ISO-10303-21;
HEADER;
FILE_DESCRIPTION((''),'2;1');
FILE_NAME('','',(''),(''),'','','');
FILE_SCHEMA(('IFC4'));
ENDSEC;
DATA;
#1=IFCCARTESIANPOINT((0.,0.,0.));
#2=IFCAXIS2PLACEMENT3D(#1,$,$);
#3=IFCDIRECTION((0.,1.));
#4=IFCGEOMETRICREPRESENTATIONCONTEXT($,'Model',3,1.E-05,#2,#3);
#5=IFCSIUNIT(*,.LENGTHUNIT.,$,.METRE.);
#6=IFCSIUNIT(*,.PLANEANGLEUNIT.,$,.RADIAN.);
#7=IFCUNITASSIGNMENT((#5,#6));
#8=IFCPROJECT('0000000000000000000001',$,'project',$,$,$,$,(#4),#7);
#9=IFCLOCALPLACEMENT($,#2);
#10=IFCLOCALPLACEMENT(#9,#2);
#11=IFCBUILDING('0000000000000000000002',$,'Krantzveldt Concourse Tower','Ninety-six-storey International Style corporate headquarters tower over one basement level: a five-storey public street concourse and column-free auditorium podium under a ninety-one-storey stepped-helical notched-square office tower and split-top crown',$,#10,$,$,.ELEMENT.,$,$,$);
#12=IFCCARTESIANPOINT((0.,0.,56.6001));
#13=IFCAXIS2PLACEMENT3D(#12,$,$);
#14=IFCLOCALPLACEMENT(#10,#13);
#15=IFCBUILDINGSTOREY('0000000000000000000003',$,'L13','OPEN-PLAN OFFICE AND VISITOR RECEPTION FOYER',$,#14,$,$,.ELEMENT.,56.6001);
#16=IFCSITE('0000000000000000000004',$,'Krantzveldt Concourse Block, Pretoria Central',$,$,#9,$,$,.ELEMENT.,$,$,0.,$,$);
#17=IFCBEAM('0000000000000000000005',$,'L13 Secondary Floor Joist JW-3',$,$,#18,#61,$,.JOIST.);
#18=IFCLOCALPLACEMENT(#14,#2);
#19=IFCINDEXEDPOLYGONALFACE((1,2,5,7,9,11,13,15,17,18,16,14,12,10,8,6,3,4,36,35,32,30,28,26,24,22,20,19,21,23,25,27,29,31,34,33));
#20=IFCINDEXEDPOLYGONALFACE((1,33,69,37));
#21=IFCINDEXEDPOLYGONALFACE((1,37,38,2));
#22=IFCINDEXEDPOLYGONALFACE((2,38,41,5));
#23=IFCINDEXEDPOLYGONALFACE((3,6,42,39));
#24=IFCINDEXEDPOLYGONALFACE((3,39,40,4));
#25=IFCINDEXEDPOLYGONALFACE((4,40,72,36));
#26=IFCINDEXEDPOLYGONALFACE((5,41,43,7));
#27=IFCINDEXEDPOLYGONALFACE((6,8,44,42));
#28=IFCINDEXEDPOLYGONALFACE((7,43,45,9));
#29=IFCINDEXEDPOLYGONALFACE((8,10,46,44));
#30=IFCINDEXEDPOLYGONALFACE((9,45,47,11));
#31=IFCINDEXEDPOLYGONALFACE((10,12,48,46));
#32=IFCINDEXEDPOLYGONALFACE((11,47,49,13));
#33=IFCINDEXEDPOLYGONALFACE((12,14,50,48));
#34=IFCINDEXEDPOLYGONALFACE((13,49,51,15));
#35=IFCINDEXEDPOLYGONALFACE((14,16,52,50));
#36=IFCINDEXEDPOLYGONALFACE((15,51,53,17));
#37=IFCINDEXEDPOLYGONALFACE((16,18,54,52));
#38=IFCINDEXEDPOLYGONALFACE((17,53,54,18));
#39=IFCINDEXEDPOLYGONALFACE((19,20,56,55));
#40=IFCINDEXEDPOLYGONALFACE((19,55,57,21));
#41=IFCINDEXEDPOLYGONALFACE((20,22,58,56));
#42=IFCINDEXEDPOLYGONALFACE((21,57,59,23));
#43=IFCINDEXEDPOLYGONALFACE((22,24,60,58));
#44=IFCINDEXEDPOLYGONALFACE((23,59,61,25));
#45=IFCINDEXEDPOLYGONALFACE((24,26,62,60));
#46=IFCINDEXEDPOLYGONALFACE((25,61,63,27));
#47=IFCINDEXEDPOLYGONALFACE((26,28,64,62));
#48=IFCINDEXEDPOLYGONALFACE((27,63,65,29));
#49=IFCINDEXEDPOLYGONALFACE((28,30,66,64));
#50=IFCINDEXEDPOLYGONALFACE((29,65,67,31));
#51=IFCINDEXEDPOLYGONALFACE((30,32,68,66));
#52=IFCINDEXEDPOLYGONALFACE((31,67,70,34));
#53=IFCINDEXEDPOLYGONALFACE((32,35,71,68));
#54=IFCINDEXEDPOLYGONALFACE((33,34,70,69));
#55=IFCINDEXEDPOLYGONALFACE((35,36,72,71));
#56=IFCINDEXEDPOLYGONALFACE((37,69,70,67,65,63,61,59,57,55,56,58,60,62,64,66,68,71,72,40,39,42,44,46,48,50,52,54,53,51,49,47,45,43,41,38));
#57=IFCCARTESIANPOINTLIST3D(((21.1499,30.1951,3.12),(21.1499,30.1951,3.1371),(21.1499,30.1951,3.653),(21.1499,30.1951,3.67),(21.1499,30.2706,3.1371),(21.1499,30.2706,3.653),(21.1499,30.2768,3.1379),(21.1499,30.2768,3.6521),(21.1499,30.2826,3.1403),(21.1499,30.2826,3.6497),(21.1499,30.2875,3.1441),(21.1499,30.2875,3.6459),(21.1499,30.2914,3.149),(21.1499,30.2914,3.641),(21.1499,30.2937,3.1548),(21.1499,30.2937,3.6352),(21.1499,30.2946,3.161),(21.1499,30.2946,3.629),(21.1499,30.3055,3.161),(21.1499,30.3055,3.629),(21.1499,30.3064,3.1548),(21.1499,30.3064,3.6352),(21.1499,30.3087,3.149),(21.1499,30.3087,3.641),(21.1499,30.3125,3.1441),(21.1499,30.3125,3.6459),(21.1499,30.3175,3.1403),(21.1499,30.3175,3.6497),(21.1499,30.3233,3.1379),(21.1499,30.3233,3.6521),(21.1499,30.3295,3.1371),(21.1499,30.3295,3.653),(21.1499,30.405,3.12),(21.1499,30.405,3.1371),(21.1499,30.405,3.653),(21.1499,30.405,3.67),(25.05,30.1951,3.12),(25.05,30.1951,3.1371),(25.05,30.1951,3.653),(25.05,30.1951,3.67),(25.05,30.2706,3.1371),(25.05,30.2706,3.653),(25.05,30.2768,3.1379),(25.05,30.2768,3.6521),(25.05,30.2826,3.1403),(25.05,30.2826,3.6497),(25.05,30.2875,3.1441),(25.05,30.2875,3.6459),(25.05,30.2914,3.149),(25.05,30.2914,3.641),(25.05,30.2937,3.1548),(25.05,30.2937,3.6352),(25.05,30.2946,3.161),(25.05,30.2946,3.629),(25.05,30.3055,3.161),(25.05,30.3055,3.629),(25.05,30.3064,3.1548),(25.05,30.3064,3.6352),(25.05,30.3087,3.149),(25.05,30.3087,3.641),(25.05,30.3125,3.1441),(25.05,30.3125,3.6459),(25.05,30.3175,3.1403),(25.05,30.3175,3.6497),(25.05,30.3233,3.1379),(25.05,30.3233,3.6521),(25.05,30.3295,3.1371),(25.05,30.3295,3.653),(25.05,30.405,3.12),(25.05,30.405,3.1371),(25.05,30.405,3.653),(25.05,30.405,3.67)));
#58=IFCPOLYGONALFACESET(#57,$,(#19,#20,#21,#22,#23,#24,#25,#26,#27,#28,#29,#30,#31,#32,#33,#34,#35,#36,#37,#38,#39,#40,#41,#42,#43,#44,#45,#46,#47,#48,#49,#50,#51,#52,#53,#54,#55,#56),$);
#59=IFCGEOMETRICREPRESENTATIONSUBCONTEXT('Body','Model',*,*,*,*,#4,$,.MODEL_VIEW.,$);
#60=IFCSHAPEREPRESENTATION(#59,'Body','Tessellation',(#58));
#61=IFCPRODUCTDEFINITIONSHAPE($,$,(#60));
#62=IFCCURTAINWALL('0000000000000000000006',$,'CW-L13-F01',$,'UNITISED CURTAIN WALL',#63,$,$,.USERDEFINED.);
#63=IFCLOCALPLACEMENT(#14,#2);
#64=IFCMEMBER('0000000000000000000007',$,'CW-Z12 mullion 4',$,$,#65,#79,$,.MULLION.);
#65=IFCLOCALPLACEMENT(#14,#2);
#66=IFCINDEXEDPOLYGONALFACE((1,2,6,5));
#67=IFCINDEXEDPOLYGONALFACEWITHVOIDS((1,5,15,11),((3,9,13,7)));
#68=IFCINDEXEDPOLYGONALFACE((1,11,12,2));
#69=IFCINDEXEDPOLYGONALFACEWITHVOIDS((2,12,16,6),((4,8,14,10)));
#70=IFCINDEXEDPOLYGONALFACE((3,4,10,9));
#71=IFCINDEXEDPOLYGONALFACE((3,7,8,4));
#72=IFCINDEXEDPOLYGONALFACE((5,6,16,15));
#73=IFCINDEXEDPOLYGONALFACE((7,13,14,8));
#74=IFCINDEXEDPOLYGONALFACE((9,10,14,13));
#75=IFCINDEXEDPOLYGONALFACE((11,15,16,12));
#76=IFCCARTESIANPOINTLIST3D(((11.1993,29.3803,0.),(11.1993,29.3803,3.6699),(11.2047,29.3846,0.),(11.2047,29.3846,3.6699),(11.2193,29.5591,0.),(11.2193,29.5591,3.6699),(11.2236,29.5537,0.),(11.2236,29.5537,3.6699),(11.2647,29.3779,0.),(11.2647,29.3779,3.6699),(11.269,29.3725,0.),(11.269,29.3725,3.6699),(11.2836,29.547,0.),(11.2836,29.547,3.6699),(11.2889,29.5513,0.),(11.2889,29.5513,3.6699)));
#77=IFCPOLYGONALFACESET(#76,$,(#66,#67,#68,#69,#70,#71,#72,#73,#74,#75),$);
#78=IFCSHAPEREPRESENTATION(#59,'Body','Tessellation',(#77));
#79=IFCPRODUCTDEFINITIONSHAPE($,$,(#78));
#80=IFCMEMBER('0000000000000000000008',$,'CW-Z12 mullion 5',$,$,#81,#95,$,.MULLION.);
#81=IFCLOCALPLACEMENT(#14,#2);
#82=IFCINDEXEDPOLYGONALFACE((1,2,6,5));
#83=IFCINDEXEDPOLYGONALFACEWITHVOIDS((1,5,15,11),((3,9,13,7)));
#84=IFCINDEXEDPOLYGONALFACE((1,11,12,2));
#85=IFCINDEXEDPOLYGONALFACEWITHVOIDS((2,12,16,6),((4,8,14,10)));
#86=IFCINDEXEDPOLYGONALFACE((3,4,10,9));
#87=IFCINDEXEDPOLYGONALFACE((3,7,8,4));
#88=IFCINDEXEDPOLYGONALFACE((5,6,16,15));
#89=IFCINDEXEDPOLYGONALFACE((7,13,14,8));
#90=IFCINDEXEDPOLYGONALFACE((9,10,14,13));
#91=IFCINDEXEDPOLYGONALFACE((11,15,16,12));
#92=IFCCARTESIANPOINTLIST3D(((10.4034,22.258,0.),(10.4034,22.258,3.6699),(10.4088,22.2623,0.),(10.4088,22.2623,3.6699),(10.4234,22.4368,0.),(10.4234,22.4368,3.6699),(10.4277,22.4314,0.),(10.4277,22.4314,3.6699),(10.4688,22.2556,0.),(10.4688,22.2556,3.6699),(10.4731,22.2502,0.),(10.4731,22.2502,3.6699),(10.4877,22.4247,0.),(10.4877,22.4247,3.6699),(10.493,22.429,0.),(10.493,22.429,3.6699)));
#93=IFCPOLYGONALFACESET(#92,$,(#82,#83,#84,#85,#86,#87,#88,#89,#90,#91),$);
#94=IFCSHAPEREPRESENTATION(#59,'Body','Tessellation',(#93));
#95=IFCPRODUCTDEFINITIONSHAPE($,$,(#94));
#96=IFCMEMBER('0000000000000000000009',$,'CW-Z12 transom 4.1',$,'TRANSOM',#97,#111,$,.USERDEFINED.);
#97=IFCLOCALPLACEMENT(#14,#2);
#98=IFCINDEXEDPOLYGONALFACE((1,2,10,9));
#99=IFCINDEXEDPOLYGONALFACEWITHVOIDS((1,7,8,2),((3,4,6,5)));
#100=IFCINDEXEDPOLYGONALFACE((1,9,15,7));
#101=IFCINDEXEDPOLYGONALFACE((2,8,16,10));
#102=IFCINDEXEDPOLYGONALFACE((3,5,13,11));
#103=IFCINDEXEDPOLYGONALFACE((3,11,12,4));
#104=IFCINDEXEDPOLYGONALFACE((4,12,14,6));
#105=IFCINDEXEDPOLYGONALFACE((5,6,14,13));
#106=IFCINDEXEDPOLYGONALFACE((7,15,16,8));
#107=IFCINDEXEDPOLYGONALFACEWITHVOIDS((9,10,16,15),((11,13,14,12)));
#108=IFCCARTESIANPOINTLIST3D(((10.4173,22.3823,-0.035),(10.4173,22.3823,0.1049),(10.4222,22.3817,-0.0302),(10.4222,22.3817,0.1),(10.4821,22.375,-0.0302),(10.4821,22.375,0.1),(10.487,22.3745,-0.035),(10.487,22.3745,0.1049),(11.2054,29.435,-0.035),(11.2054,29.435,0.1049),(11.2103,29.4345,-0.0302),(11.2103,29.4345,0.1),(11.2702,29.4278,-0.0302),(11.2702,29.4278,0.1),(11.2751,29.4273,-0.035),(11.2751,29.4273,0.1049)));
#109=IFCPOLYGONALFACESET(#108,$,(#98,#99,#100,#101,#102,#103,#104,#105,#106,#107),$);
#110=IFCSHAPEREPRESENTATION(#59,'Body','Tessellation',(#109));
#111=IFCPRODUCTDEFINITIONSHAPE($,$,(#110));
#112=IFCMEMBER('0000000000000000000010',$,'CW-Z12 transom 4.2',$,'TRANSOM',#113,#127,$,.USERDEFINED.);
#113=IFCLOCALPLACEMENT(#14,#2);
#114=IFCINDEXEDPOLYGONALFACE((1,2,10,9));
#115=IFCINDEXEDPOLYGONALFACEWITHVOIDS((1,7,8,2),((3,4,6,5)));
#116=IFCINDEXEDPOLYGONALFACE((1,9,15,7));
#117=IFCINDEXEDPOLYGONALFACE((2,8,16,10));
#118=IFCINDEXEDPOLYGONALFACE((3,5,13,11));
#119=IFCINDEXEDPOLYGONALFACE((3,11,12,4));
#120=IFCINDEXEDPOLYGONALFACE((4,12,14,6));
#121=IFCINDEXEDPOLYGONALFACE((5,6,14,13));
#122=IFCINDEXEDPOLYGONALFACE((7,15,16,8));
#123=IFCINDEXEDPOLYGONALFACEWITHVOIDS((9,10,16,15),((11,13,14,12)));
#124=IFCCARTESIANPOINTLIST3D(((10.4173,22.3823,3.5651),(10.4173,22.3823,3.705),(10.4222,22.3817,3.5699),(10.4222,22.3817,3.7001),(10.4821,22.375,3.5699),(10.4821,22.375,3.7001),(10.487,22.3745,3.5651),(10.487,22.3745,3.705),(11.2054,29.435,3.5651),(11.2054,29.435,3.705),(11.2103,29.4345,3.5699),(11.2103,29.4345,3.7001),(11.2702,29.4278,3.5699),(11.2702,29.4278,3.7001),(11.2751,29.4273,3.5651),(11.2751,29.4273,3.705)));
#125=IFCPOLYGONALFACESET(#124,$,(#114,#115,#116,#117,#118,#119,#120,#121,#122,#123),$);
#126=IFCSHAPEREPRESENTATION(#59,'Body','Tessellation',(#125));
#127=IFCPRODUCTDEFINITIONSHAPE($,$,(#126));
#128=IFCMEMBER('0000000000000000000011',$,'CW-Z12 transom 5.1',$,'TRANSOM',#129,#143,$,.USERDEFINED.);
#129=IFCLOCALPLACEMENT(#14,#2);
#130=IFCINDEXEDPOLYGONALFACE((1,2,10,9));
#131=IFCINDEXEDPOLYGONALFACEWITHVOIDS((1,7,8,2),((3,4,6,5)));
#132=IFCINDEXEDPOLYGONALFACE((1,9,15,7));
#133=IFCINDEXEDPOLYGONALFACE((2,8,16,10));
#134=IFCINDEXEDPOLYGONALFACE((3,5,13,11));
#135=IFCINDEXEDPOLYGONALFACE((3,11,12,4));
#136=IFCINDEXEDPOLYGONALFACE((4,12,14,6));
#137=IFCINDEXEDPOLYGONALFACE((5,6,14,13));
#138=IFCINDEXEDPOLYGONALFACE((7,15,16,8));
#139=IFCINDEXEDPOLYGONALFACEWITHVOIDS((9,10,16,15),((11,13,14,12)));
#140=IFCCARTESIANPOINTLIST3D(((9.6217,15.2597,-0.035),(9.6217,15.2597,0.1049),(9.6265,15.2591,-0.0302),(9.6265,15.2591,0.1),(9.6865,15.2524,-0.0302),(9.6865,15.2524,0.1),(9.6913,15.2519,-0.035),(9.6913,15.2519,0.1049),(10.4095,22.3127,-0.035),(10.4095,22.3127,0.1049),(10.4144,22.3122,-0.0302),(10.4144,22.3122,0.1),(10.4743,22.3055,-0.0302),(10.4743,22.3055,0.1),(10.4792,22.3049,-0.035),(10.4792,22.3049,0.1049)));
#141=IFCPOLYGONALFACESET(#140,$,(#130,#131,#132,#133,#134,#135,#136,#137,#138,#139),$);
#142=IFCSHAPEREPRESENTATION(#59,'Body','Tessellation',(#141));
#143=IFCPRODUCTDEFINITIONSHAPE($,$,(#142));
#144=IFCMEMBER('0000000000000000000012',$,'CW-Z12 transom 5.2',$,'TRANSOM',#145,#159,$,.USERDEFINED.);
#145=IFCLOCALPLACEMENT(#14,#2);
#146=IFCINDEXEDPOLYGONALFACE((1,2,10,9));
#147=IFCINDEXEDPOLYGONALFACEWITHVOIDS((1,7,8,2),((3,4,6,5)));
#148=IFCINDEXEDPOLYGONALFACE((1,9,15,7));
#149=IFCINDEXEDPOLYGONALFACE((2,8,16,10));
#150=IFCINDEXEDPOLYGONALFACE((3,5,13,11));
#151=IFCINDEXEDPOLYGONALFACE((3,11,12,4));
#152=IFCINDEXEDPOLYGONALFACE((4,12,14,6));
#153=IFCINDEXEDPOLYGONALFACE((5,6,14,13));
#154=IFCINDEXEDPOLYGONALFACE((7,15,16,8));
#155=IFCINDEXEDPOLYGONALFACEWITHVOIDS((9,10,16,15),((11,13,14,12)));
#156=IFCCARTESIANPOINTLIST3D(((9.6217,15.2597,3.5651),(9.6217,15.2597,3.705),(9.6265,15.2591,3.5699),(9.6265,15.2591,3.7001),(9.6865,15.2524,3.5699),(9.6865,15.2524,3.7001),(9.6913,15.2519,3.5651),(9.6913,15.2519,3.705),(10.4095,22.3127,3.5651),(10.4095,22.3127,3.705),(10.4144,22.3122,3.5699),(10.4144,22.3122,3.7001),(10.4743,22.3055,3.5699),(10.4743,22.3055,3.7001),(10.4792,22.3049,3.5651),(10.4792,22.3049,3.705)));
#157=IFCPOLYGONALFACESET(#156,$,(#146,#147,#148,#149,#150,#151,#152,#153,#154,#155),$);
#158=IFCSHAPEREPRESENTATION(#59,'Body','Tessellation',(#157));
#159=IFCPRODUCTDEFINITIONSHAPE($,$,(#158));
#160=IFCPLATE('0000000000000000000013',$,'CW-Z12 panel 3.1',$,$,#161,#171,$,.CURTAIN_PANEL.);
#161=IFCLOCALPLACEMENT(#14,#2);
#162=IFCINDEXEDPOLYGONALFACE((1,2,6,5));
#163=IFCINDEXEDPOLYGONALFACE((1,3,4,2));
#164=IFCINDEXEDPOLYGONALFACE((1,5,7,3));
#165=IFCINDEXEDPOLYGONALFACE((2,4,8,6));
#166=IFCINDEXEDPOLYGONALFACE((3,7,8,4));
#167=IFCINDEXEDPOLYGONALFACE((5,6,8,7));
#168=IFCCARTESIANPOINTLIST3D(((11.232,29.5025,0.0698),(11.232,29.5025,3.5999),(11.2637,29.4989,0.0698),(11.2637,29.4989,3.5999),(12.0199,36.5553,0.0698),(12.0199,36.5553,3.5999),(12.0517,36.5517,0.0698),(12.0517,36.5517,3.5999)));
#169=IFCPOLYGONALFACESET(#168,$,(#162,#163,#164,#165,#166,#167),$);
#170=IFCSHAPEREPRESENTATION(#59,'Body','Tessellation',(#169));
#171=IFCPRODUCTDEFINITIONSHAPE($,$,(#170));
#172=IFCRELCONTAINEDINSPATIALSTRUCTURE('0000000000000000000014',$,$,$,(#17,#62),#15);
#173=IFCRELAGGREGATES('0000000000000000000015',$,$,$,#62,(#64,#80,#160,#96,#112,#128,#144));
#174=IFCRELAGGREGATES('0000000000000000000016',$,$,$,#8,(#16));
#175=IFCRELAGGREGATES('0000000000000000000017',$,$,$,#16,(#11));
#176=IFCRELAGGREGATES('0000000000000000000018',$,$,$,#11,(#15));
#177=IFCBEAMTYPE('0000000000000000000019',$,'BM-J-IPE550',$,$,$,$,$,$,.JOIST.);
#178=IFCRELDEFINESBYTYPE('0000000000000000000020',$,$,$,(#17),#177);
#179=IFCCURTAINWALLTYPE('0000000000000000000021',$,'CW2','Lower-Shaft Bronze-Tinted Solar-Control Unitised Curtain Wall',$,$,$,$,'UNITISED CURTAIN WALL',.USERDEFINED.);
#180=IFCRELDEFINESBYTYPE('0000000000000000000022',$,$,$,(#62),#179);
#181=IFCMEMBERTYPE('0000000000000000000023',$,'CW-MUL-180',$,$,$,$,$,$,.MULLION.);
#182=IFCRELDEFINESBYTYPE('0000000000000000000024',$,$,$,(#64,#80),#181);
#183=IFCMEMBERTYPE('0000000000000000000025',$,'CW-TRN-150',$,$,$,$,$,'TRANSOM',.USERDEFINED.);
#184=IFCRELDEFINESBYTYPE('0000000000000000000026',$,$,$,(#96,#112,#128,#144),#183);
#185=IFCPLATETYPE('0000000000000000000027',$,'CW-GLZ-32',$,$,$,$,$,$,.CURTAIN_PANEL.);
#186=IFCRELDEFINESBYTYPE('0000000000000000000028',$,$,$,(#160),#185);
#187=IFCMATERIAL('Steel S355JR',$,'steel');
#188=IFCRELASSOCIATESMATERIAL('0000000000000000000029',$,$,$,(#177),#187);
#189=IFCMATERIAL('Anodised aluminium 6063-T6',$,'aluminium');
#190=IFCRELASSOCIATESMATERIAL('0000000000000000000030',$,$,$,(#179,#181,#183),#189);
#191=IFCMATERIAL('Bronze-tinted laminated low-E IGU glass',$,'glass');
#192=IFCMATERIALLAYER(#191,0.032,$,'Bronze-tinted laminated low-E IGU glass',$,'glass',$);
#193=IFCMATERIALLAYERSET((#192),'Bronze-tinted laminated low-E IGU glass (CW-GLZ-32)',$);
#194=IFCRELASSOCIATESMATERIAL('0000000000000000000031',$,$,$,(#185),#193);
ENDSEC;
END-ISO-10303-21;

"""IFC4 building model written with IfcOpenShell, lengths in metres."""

from ifc_helpers import new_model, si_unit, direction, frame, origin, origin_2d, place, context, subcontext, project, spatial, rectangle, hollow_rectangle, i_section, extrude, source, transform, mapped, material, layer, layer_set, material_profile, profile_set, type_object, type_shapes, element, aggregate, save


model = new_model("IFC4")

# Units and contexts
model_context = context("Model", 3, precision=1e-05, world=origin(), true_north=direction((0.0, 1.0)))
body_context = subcontext(model_context, "Body", "Model", "MODEL_VIEW")
ifc_project = project(units=[si_unit("LENGTHUNIT", "METRE"), si_unit("PLANEANGLEUNIT", "RADIAN")], contexts=[model_context])

# Site, building, storey
site_placement = place(None, origin())
site = spatial("IfcSite", under=ifc_project, at=site_placement, Name="Krantzveldt Concourse Block, Pretoria Central", CompositionType="ELEMENT", RefElevation=0.0)
building_placement = place(site_placement, origin())
building = spatial("IfcBuilding", under=site, at=building_placement, Name="Krantzveldt Concourse Tower", Description="Ninety-six-storey International Style corporate headquarters tower over one basement level: a five-storey public street concourse and column-free auditorium podium under a ninety-one-storey stepped-helical notched-square office tower and split-top crown", CompositionType="ELEMENT")
storey_placement = place(building_placement, frame((0.0, 0.0, 56.6001)))
storey = spatial("IfcBuildingStorey", under=building, at=storey_placement, Name="L13", Description="OPEN-PLAN OFFICE AND VISITOR RECEPTION FOYER", CompositionType="ELEMENT", Elevation=56.6001)

# Beam
ifc_material_1 = material(Name="Steel S355JR", Category="steel")
ifc_material_profile_1 = material_profile(ifc_material_1, i_section(OverallWidth=0.21, OverallDepth=0.55, WebThickness=0.011, FlangeThickness=0.0171, FilletRadius=0.0239, at=origin_2d()), Name="Steel S355JR", Category="steel")
ifc_profile_set_1 = profile_set([ifc_material_profile_1], Name="Steel S355JR - IPE 550")
beam_type_1 = type_object("IfcBeamType", Name="BM-J-IPE550", PredefinedType="JOIST", material=ifc_profile_set_1)
shared_shape_1 = source(origin(), body_context, "Body", "SweptSolid", [
    extrude(i_section(OverallWidth=0.21, OverallDepth=0.55, WebThickness=0.011, FlangeThickness=0.0171, FilletRadius=0.0239, at=origin_2d()), origin(), (0.0, 0.0, 1.0), 3.9001),
])
type_shapes(beam_type_1, [shared_shape_1])
for number, where, z_axis, x_axis, name in (
    (1, (21.1499, 30.3, 3.395), (1.0, 0.0, 0.0), (0.0, 1.0, 0.0), "L13 Secondary Floor Joist JW-3"),
):
    element("IfcBeam", number, at=place(storey_placement, frame(where, z_axis=z_axis, x_axis=x_axis)), inside=storey, type_object=beam_type_1, Name=name, PredefinedType="JOIST", context=body_context, shape_type="MappedRepresentation", body=[
        mapped(shared_shape_1, transform((0.0, 0.0, 0.0), x_axis=(1.0, 0.0, 0.0), y_axis=(0.0, 1.0, 0.0), z_axis=(0.0, 0.0, 1.0), scale=1.0)),
    ])

# Curtain wall, members, plate
ifc_material_2 = material(Name="Anodised aluminium 6063-T6", Category="aluminium")
curtain_wall_type = type_object("IfcCurtainWallType", Name="CW2", Description="Lower-Shaft Bronze-Tinted Solar-Control Unitised Curtain Wall", ElementType="UNITISED CURTAIN WALL", PredefinedType="USERDEFINED", material=ifc_material_2)
curtain_wall_placement = place(storey_placement, origin())
curtain_wall = element("IfcCurtainWall", 2, at=curtain_wall_placement, inside=storey, type_object=curtain_wall_type, Name="CW-L13-F01", ObjectType="UNITISED CURTAIN WALL", PredefinedType="USERDEFINED")
ifc_material_profile_2 = material_profile(ifc_material_2, hollow_rectangle(XDim=0.0701, YDim=0.1799, WallThickness=0.0049, at=origin_2d()), Name="Anodised aluminium 6063-T6", Category="aluminium")
ifc_profile_set_2 = profile_set([ifc_material_profile_2], Name="Anodised aluminium 6063-T6 - ALU-MULL 180x70x5")
member_type_1 = type_object("IfcMemberType", Name="CW-MUL-180", PredefinedType="MULLION", material=ifc_profile_set_2)
shared_shape_2 = source(origin(), body_context, "Body", "SweptSolid", [
    extrude(hollow_rectangle(XDim=0.0701, YDim=0.1799, WallThickness=0.0049, at=origin_2d()), origin(), (0.0, 0.0, 1.0), 3.6699),
])
type_shapes(member_type_1, [shared_shape_2])
member_1_placement = place(storey_placement, frame((11.2441, 29.4658, 0.0), z_axis=(0.0, 0.0, 1.0), x_axis=(0.993816, -0.111035, 0.0)))
member_1 = element("IfcMember", 3, at=member_1_placement, type_object=member_type_1, Name="CW-Z12 mullion 4", PredefinedType="MULLION", context=body_context, shape_type="MappedRepresentation", body=[
    mapped(shared_shape_2, transform((0.0, 0.0, 0.0), x_axis=(1.0, 0.0, 0.0), y_axis=(0.0, 1.0, 0.0), z_axis=(0.0, 0.0, 1.0), scale=1.0)),
])
member_2_placement = place(storey_placement, frame((10.4482, 22.3435, 0.0), z_axis=(0.0, 0.0, 1.0), x_axis=(0.993816, -0.111035, 0.0)))
member_2 = element("IfcMember", 4, at=member_2_placement, type_object=member_type_1, Name="CW-Z12 mullion 5", PredefinedType="MULLION", context=body_context, shape_type="MappedRepresentation", body=[
    mapped(shared_shape_2, transform((0.0, 0.0, 0.0), x_axis=(1.0, 0.0, 0.0), y_axis=(0.0, 1.0, 0.0), z_axis=(0.0, 0.0, 1.0), scale=1.0)),
])
ifc_material_profile_3 = material_profile(ifc_material_2, hollow_rectangle(XDim=0.0701, YDim=0.1399, WallThickness=0.0049, at=origin_2d()), Name="Anodised aluminium 6063-T6", Category="aluminium")
ifc_profile_set_3 = profile_set([ifc_material_profile_3], Name="Anodised aluminium 6063-T6 - ALU-TRAN 140x70x5")
member_type_2 = type_object("IfcMemberType", Name="CW-TRN-150", ElementType="TRANSOM", PredefinedType="USERDEFINED", material=ifc_profile_set_3)
shared_shape_3 = source(origin(), body_context, "Body", "SweptSolid", [
    extrude(hollow_rectangle(XDim=0.0701, YDim=0.1399, WallThickness=0.0049, at=origin_2d()), origin(), (0.0, 0.0, 1.0), 7.0967),
])
member_3_placement = place(storey_placement, frame((11.2402, 29.4312, 0.0349), z_axis=(-0.111051, -0.993815, 0.0), x_axis=(0.993815, -0.111051, 0.0)))
member_3 = element("IfcMember", 5, at=member_3_placement, type_object=member_type_2, Name="CW-Z12 transom 4.1", ObjectType="TRANSOM", PredefinedType="USERDEFINED", context=body_context, shape_type="MappedRepresentation", body=[
    mapped(shared_shape_3, transform((0.0, 0.0, 0.0), x_axis=(1.0, 0.0, 0.0), y_axis=(0.0, 1.0, 0.0), z_axis=(0.0, 0.0, 1.0), scale=1.0)),
])
member_4_placement = place(storey_placement, frame((11.2402, 29.4312, 3.635), z_axis=(-0.111051, -0.993815, 0.0), x_axis=(0.993815, -0.111051, 0.0)))
member_4 = element("IfcMember", 6, at=member_4_placement, type_object=member_type_2, Name="CW-Z12 transom 4.2", ObjectType="TRANSOM", PredefinedType="USERDEFINED", context=body_context, shape_type="MappedRepresentation", body=[
    mapped(shared_shape_3, transform((0.0, 0.0, 0.0), x_axis=(1.0, 0.0, 0.0), y_axis=(0.0, 1.0, 0.0), z_axis=(0.0, 0.0, 1.0), scale=1.0)),
])
shared_shape_4 = source(origin(), body_context, "Body", "SweptSolid", [
    extrude(hollow_rectangle(XDim=0.0701, YDim=0.1399, WallThickness=0.0049, at=origin_2d()), origin(), (0.0, 0.0, 1.0), 7.0969),
])
type_shapes(member_type_2, [shared_shape_3, shared_shape_4])
member_5_placement = place(storey_placement, frame((10.4443, 22.3088, 0.0349), z_axis=(-0.111013, -0.993819, 0.0), x_axis=(0.993819, -0.111013, 0.0)))
member_5 = element("IfcMember", 7, at=member_5_placement, type_object=member_type_2, Name="CW-Z12 transom 5.1", ObjectType="TRANSOM", PredefinedType="USERDEFINED", context=body_context, shape_type="MappedRepresentation", body=[
    mapped(shared_shape_4, transform((0.0, 0.0, 0.0), x_axis=(1.0, 0.0, 0.0), y_axis=(0.0, 1.0, 0.0), z_axis=(0.0, 0.0, 1.0), scale=1.0)),
])
member_6_placement = place(storey_placement, frame((10.4443, 22.3088, 3.635), z_axis=(-0.111013, -0.993819, 0.0), x_axis=(0.993819, -0.111013, 0.0)))
member_6 = element("IfcMember", 8, at=member_6_placement, type_object=member_type_2, Name="CW-Z12 transom 5.2", ObjectType="TRANSOM", PredefinedType="USERDEFINED", context=body_context, shape_type="MappedRepresentation", body=[
    mapped(shared_shape_4, transform((0.0, 0.0, 0.0), x_axis=(1.0, 0.0, 0.0), y_axis=(0.0, 1.0, 0.0), z_axis=(0.0, 0.0, 1.0), scale=1.0)),
])
ifc_material_3 = material(Name="Bronze-tinted laminated low-E IGU glass", Category="glass")
ifc_layer_1 = layer(ifc_material_3, 0.032, Name="Bronze-tinted laminated low-E IGU glass", Category="glass")
ifc_layer_set_1 = layer_set([ifc_layer_1], Name="Bronze-tinted laminated low-E IGU glass (CW-GLZ-32)")
plate_type = type_object("IfcPlateType", Name="CW-GLZ-32", PredefinedType="CURTAIN_PANEL", material=ifc_layer_set_1)
shared_shape_5 = source(origin(), body_context, "Body", "SweptSolid", [
    extrude(rectangle(XDim=7.0967, YDim=0.032, at=origin_2d()), origin(), (0.0, 0.0, 1.0), 3.53),
])
type_shapes(plate_type, [shared_shape_5])
plate_1_placement = place(storey_placement, frame((11.6418, 33.0271, 0.0698), z_axis=(0.0, 0.0, 1.0), x_axis=(-0.111035, -0.993816, 0.0)))
plate_1 = element("IfcPlate", 9, at=plate_1_placement, type_object=plate_type, Name="CW-Z12 panel 3.1", PredefinedType="CURTAIN_PANEL", context=body_context, shape_type="MappedRepresentation", body=[
    mapped(shared_shape_5, transform((0.0, 0.0, 0.0), x_axis=(1.0, 0.0, 0.0), y_axis=(0.0, 1.0, 0.0), z_axis=(0.0, 0.0, 1.0), scale=1.0)),
])
aggregate(curtain_wall, [member_1, member_2, plate_1, member_3, member_4, member_5, member_6])

save(model, "model.ifc")
